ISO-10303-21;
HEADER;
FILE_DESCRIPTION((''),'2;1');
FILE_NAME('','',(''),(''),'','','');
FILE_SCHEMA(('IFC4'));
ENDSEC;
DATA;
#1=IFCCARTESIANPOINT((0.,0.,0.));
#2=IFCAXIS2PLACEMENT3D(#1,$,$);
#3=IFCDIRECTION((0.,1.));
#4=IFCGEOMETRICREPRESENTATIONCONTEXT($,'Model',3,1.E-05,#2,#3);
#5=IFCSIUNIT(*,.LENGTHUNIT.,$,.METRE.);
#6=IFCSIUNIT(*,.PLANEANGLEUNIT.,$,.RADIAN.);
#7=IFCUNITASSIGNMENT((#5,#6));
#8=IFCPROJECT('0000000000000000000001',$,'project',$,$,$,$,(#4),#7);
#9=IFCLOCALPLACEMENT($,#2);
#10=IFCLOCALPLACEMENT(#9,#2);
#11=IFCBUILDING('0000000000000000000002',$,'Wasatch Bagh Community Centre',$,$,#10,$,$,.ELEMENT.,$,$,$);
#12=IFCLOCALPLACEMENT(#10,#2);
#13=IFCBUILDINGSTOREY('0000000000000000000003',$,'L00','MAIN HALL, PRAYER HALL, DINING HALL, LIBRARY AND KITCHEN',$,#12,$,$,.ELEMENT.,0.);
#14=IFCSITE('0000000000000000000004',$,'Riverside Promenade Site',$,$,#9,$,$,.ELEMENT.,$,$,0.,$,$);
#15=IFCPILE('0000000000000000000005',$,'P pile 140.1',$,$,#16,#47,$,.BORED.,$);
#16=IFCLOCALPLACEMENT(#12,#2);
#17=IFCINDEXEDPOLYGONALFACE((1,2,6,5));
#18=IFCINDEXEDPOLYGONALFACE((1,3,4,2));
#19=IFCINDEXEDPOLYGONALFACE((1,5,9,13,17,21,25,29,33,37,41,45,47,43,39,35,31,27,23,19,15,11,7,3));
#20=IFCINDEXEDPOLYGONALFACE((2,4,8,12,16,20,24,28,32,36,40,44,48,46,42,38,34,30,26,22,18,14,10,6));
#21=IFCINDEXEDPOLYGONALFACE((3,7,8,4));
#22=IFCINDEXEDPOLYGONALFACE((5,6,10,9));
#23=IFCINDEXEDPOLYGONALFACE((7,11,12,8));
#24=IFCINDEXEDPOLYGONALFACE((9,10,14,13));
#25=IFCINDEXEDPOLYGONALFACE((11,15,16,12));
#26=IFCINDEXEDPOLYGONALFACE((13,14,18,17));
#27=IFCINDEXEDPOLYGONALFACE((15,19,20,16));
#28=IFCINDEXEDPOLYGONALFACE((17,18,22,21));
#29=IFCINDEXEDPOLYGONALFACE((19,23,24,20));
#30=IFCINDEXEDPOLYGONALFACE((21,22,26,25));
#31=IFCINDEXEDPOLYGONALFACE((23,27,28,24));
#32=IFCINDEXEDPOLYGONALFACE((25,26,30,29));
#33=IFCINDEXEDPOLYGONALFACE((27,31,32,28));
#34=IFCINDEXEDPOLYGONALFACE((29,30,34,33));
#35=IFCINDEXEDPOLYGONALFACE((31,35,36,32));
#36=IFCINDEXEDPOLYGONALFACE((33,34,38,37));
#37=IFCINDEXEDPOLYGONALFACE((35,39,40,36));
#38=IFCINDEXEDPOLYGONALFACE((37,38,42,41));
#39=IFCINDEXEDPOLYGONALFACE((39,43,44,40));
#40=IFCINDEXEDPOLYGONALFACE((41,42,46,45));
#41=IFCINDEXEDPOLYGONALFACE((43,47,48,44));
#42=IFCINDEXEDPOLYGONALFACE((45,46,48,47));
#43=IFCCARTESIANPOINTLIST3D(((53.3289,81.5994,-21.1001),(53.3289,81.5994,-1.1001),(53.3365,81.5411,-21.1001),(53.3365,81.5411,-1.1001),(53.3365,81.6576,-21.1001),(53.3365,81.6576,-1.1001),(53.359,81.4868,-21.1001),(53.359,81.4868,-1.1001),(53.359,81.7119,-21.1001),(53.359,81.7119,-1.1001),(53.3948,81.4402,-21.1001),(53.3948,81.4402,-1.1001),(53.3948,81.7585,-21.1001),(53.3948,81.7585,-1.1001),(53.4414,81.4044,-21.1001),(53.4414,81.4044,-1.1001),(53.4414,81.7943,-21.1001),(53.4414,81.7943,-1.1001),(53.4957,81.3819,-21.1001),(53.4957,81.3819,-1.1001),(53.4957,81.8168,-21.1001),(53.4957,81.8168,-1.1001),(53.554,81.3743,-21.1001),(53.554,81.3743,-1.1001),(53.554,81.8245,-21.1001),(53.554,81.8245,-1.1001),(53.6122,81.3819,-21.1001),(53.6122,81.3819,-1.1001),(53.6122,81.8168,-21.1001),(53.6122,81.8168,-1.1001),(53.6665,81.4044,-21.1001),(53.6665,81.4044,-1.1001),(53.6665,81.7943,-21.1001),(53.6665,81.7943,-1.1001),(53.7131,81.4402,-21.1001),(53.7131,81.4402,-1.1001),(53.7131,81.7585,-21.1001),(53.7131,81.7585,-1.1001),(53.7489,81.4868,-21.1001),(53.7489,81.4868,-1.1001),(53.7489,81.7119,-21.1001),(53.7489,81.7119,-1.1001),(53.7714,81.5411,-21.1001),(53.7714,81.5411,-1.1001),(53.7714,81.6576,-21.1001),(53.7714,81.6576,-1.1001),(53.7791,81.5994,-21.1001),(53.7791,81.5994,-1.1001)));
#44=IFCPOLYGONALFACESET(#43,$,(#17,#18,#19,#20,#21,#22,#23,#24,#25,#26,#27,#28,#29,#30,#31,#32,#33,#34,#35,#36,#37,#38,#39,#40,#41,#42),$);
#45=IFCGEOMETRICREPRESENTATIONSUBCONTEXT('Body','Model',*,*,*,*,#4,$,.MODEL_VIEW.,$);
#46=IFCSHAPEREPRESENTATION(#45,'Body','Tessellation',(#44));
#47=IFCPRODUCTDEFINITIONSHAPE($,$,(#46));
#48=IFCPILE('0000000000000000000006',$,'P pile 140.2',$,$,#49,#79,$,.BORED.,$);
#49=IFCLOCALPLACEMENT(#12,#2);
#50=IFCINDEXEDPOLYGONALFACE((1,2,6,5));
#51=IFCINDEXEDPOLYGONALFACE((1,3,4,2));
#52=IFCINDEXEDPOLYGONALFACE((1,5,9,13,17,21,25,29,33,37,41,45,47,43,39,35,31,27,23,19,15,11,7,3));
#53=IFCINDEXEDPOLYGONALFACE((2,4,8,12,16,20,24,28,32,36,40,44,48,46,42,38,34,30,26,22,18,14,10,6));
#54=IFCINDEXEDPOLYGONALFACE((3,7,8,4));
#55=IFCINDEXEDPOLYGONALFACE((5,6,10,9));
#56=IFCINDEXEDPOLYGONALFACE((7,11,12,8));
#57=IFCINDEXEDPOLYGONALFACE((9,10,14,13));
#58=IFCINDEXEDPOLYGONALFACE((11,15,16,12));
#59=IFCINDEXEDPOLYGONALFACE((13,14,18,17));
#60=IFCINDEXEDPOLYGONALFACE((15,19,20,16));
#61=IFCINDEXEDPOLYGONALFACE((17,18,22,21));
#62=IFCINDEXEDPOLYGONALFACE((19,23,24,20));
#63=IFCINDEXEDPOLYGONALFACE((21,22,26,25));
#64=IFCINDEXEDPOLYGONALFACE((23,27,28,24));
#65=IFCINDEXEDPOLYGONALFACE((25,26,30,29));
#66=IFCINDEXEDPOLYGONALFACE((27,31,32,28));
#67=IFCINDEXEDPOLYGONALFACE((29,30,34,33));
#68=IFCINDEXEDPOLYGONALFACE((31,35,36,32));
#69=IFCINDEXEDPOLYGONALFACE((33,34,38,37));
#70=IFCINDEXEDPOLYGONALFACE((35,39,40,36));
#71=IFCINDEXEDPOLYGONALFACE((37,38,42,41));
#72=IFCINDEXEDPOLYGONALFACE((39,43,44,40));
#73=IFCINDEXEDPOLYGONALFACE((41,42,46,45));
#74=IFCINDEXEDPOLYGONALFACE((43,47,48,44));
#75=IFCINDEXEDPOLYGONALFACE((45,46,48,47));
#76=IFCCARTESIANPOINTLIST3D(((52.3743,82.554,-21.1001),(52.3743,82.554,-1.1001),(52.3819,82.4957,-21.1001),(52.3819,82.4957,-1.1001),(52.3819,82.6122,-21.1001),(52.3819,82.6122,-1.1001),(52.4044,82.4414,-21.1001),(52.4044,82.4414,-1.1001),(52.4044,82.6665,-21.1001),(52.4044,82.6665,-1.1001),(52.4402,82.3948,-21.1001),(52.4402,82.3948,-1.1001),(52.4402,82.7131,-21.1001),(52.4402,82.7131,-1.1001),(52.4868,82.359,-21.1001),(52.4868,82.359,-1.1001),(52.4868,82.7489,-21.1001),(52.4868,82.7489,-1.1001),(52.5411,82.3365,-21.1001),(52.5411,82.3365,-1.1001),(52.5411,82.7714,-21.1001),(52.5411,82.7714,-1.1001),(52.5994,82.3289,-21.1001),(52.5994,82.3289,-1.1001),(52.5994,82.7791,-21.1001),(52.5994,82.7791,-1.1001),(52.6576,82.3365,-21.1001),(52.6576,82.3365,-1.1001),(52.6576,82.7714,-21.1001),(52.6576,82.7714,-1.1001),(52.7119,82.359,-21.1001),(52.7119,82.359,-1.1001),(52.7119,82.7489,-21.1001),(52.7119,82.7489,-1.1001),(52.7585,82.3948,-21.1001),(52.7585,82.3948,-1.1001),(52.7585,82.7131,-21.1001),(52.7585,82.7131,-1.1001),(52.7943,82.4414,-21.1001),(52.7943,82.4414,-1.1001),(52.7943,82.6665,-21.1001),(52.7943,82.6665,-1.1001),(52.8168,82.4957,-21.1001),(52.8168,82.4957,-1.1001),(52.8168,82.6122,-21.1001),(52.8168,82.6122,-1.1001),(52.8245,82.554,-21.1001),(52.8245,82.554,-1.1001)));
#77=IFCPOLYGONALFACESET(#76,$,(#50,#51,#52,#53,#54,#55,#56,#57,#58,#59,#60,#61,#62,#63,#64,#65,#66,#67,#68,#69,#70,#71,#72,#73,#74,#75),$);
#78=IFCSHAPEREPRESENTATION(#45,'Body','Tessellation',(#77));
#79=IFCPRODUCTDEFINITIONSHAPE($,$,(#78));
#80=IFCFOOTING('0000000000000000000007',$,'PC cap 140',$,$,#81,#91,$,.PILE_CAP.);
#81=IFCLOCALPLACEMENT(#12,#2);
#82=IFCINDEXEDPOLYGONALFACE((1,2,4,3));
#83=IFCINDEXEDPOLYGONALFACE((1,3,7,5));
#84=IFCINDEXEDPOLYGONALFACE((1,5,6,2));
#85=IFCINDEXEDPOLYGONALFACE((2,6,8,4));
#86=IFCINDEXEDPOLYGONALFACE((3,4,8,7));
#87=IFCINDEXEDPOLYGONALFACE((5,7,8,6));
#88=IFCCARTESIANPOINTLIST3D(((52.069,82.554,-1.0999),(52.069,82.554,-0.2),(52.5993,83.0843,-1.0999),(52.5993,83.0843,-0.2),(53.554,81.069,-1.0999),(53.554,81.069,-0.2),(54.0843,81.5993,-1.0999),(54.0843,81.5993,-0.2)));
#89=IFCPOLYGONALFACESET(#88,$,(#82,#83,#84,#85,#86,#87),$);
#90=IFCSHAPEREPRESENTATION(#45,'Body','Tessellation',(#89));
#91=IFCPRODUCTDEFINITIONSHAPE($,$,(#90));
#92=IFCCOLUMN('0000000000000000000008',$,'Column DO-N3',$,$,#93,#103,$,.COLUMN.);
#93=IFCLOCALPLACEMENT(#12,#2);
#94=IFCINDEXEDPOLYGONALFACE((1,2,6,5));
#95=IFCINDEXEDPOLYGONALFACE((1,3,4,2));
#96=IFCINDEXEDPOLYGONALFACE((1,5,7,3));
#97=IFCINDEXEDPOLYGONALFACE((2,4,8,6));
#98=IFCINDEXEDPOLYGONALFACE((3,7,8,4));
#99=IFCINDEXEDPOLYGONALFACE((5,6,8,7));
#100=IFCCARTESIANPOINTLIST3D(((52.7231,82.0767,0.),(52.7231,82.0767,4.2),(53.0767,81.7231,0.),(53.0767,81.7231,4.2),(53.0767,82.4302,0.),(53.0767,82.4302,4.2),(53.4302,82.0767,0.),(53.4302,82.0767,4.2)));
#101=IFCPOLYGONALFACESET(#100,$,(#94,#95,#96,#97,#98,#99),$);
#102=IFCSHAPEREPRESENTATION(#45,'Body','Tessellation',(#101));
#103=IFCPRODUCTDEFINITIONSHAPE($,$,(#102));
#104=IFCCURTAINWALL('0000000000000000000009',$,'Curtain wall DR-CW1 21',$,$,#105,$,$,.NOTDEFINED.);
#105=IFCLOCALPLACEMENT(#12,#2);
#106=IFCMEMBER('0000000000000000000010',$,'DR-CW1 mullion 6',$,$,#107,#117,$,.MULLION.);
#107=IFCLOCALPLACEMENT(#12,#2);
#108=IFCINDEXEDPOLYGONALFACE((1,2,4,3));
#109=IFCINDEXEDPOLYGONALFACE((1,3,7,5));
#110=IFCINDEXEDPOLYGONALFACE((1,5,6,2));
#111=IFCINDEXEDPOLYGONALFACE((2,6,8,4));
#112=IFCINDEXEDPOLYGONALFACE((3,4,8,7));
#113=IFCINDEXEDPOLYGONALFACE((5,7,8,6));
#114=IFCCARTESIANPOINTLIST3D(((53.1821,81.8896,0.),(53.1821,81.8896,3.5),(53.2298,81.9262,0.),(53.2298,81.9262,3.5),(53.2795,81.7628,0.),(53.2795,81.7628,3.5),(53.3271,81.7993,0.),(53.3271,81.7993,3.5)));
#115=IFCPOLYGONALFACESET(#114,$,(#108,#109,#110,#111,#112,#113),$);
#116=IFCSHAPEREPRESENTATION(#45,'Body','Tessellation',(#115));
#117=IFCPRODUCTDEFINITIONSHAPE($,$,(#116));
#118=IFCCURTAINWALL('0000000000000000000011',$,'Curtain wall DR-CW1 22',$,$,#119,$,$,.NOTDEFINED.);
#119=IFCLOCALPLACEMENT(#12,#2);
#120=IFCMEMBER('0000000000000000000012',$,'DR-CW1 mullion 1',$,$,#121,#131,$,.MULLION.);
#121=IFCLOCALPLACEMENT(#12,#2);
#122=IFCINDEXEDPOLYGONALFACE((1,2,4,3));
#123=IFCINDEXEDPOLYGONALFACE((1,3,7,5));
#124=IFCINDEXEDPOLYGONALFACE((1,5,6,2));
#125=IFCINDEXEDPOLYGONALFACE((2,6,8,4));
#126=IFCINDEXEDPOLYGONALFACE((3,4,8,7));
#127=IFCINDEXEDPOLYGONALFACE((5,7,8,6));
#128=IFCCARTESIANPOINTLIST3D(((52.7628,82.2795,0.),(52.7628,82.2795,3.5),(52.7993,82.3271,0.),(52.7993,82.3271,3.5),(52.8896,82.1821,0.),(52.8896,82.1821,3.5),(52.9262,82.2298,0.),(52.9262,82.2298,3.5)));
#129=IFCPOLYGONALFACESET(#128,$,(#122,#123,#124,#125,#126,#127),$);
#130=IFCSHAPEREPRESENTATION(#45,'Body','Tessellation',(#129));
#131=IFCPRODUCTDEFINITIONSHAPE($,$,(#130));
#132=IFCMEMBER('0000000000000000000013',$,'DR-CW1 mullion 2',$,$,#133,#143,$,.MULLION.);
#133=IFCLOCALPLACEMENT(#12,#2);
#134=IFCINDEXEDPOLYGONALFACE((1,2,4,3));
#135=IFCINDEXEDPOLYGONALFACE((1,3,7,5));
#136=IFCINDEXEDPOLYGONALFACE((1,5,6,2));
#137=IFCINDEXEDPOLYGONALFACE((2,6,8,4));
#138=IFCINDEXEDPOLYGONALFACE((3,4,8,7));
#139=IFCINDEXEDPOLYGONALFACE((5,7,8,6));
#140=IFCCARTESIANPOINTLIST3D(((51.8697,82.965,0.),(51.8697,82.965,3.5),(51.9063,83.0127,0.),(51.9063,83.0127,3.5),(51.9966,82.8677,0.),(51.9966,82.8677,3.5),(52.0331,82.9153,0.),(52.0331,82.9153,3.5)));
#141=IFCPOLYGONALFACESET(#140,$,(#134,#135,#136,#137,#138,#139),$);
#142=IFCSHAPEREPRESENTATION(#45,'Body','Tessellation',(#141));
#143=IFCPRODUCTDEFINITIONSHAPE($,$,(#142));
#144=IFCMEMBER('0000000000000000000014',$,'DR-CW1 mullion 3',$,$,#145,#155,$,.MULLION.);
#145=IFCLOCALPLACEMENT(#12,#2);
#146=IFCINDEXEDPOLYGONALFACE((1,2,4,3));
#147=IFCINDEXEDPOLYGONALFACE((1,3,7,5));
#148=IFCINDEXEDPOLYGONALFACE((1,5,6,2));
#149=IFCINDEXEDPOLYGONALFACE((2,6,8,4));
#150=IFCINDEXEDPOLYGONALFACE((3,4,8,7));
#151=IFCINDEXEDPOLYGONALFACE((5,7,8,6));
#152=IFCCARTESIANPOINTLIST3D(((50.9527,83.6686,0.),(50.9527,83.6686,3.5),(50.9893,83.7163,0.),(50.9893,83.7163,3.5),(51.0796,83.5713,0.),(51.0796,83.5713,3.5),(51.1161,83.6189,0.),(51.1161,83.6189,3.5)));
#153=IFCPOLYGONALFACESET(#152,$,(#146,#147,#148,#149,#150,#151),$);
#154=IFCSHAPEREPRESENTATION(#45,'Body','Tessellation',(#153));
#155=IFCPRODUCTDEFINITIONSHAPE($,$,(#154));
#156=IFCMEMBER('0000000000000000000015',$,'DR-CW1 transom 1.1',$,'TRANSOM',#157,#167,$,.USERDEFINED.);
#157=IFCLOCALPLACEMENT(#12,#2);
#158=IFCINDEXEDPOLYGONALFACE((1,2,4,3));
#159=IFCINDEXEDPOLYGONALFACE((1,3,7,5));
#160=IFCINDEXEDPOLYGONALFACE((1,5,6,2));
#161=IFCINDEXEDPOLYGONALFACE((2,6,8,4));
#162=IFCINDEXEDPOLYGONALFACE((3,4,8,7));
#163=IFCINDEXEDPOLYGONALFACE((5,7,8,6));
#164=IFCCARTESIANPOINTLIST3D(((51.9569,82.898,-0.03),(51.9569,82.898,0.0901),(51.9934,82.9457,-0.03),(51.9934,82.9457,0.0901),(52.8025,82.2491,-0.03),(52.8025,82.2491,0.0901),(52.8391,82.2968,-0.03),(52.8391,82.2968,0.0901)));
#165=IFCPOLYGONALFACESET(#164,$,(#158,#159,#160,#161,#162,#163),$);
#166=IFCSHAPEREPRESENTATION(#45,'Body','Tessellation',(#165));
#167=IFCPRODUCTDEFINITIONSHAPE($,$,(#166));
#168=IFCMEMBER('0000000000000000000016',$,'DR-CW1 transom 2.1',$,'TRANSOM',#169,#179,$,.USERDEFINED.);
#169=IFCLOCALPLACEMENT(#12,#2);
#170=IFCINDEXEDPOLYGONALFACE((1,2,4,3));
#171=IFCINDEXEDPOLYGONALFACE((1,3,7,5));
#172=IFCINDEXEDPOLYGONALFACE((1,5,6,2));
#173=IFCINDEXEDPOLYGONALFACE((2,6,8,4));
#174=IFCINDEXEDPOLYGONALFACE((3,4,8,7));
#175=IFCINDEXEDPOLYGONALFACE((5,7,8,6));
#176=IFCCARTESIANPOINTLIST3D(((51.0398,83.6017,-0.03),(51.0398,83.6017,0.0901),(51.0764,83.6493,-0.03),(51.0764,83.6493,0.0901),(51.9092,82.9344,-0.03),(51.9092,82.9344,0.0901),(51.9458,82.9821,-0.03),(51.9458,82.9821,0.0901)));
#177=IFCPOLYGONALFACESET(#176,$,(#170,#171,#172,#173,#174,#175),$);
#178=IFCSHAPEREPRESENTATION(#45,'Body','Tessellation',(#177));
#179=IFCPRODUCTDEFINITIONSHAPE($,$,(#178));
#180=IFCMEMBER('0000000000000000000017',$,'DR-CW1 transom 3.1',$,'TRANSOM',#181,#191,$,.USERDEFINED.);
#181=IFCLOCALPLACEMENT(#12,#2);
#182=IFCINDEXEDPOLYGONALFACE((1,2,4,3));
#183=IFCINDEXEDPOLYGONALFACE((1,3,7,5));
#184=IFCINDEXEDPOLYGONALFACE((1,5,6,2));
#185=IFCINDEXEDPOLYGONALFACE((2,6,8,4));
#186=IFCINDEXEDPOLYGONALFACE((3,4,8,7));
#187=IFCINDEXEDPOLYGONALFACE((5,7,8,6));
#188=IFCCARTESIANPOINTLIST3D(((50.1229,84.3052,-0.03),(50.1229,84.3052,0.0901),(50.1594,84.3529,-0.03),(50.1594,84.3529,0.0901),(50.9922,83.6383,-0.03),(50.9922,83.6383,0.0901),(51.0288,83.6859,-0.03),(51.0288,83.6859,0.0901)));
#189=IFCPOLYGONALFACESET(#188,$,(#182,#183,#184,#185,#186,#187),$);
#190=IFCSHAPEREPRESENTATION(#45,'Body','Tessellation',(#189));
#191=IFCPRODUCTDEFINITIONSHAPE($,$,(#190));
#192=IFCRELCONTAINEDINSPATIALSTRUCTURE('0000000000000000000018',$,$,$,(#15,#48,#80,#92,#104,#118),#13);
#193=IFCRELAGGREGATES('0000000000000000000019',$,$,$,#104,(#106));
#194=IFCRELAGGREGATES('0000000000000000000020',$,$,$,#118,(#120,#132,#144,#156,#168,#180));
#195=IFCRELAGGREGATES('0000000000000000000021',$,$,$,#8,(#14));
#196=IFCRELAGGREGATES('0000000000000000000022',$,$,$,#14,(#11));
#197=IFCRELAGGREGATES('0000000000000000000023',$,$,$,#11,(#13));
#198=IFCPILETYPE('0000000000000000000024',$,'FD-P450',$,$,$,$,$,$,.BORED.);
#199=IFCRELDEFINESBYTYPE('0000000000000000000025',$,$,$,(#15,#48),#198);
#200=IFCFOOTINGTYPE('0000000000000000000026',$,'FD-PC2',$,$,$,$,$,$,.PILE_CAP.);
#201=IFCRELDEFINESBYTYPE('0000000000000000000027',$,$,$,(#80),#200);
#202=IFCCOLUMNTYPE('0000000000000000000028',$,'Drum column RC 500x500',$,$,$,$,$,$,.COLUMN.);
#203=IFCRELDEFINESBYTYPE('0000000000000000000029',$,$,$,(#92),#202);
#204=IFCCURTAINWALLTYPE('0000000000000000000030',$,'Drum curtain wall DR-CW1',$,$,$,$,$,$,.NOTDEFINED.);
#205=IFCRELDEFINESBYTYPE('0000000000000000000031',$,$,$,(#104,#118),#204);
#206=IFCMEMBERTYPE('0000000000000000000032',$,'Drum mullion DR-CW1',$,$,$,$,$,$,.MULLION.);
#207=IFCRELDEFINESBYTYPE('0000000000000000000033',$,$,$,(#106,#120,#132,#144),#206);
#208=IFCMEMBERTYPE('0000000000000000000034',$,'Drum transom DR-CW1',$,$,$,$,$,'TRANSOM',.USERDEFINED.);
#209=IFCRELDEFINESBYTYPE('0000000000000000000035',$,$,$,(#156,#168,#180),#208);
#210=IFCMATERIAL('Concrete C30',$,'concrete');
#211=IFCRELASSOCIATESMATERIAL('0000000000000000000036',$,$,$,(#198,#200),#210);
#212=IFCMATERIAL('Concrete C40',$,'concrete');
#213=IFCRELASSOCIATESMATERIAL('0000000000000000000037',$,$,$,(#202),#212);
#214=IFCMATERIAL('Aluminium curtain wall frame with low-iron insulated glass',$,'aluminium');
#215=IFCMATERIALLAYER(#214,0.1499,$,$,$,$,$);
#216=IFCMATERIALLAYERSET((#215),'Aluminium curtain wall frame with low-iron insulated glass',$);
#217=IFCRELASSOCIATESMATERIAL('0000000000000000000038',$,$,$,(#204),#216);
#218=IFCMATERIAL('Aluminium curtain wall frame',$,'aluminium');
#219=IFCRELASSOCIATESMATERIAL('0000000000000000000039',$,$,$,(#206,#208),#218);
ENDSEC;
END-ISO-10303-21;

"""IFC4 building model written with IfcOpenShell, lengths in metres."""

from ifc_helpers import new_model, si_unit, direction, frame, origin, origin_2d, place, context, subcontext, project, spatial, rectangle, circle, extrude, material, layer, layer_set, material_profile, profile_set, type_object, element, aggregate, save


model = new_model("IFC4")

# Units and contexts
model_context = context("Model", 3, precision=1e-05, world=origin(), true_north=direction((0.0, 1.0)))
body_context = subcontext(model_context, "Body", "Model", "MODEL_VIEW")
ifc_project = project(units=[si_unit("LENGTHUNIT", "METRE"), si_unit("PLANEANGLEUNIT", "RADIAN")], contexts=[model_context])

# Site, building, storey
site_placement = place(None, origin())
site = spatial("IfcSite", under=ifc_project, at=site_placement, Name="Riverside Promenade Site", CompositionType="ELEMENT", RefElevation=0.0)
building_placement = place(site_placement, origin())
building = spatial("IfcBuilding", under=site, at=building_placement, Name="Wasatch Bagh Community Centre", CompositionType="ELEMENT")
storey_placement = place(building_placement, origin())
storey = spatial("IfcBuildingStorey", under=building, at=storey_placement, Name="L00", Description="MAIN HALL, PRAYER HALL, DINING HALL, LIBRARY AND KITCHEN", CompositionType="ELEMENT", Elevation=0.0)

# Piles
ifc_material_1 = material(Name="Concrete C30", Category="concrete")
ifc_material_profile_1 = material_profile(ifc_material_1, circle(Radius=0.2251, at=origin_2d()), Name="RC D450")
ifc_profile_set_1 = profile_set([ifc_material_profile_1], Name="Concrete C30")
pile_type = type_object("IfcPileType", Name="FD-P450", PredefinedType="BORED", material=ifc_profile_set_1)
for number, where, z_axis, x_axis, name in (
    (1, (53.554, 81.5994, -1.1001), (0.0, 0.0, -1.0), (1.0, 0.0, 0.0), "P pile 140.1"),
    (2, (52.5994, 82.554, -1.1001), (0.0, 0.0, -1.0), (1.0, 0.0, 0.0), "P pile 140.2"),
):
    element("IfcPile", number, at=place(storey_placement, frame(where, z_axis=z_axis, x_axis=x_axis)), inside=storey, type_object=pile_type, Name=name, PredefinedType="BORED", context=body_context, shape_type="SweptSolid", body=[
        extrude(circle(Radius=0.2251, at=origin_2d()), origin(), (0.0, 0.0, 1.0), 20.0),
    ])

# Footing
footing_type = type_object("IfcFootingType", Name="FD-PC2", PredefinedType="PILE_CAP", material=ifc_material_1)
footing_placement = place(storey_placement, frame((53.0767, 82.0767, -1.0999), z_axis=(0.0, 0.0, 1.0), x_axis=(-0.707107, 0.707107, 0.0)))
element("IfcFooting", 3, at=footing_placement, inside=storey, type_object=footing_type, Name="PC cap 140", PredefinedType="PILE_CAP", context=body_context, shape_type="SweptSolid", body=[
    extrude(rectangle(XDim=2.1001, YDim=0.75, at=origin_2d()), origin(), (0.0, 0.0, 1.0), 0.8999),
])

# Column
ifc_material_2 = material(Name="Concrete C40", Category="concrete")
ifc_material_profile_2 = material_profile(ifc_material_2, rectangle(XDim=0.5, YDim=0.5, at=origin_2d()), Name="RC 500x500")
ifc_profile_set_2 = profile_set([ifc_material_profile_2], Name="Concrete C40")
column_type = type_object("IfcColumnType", Name="Drum column RC 500x500", PredefinedType="COLUMN", material=ifc_profile_set_2)
column_placement = place(storey_placement, frame((53.0767, 82.0767, 0.0), z_axis=(0.0, 0.0, 1.0), x_axis=(0.707107, 0.707107, 0.0)))
element("IfcColumn", 4, at=column_placement, inside=storey, type_object=column_type, Name="Column DO-N3", PredefinedType="COLUMN", context=body_context, shape_type="SweptSolid", body=[
    extrude(rectangle(XDim=0.5, YDim=0.5, at=origin_2d()), origin(), (0.0, 0.0, 1.0), 4.2),
])

# Curtain wall, member
ifc_material_3 = material(Name="Aluminium curtain wall frame with low-iron insulated glass", Category="aluminium")
ifc_layer_1 = layer(ifc_material_3, 0.1499)
ifc_layer_set_1 = layer_set([ifc_layer_1], Name="Aluminium curtain wall frame with low-iron insulated glass")
curtain_wall_type = type_object("IfcCurtainWallType", Name="Drum curtain wall DR-CW1", PredefinedType="NOTDEFINED", material=ifc_layer_set_1)
curtain_wall_1_placement = place(storey_placement, origin())
curtain_wall_1 = element("IfcCurtainWall", 5, at=curtain_wall_1_placement, inside=storey, type_object=curtain_wall_type, Name="Curtain wall DR-CW1 21", PredefinedType="NOTDEFINED")
ifc_material_4 = material(Name="Aluminium curtain wall frame", Category="aluminium")
ifc_material_profile_3 = material_profile(ifc_material_4, rectangle(XDim=0.0601, YDim=0.1599, at=origin_2d()), Name="Drum mullion DR-CW1")
ifc_profile_set_3 = profile_set([ifc_material_profile_3], Name="Aluminium curtain wall frame")
member_type_1 = type_object("IfcMemberType", Name="Drum mullion DR-CW1", PredefinedType="MULLION", material=ifc_profile_set_3)
member_1_placement = place(storey_placement, frame((53.2546, 81.8445, 0.0), z_axis=(0.0, 0.0, 1.0), x_axis=(-0.793353, -0.608761, 0.0)))
member_1 = element("IfcMember", 6, at=member_1_placement, type_object=member_type_1, Name="DR-CW1 mullion 6", PredefinedType="MULLION", context=body_context, shape_type="SweptSolid", body=[
    extrude(rectangle(XDim=0.0601, YDim=0.1599, at=origin_2d()), origin(), (0.0, 0.0, 1.0), 3.5),
])

# Curtain wall, members
curtain_wall_2_placement = place(storey_placement, origin())
curtain_wall_2 = element("IfcCurtainWall", 7, at=curtain_wall_2_placement, inside=storey, type_object=curtain_wall_type, Name="Curtain wall DR-CW1 22", PredefinedType="NOTDEFINED")
member_2_placement = place(storey_placement, frame((52.8445, 82.2546, 0.0), z_axis=(0.0, 0.0, 1.0), x_axis=(-0.608761, -0.793353, 0.0)))
member_2 = element("IfcMember", 8, at=member_2_placement, type_object=member_type_1, Name="DR-CW1 mullion 1", PredefinedType="MULLION", context=body_context, shape_type="SweptSolid", body=[
    extrude(rectangle(XDim=0.0601, YDim=0.1599, at=origin_2d()), origin(), (0.0, 0.0, 1.0), 3.5),
])
member_3_placement = place(storey_placement, frame((51.9514, 82.9402, 0.0), z_axis=(0.0, 0.0, 1.0), x_axis=(-0.608761, -0.793353, 0.0)))
member_3 = element("IfcMember", 9, at=member_3_placement, type_object=member_type_1, Name="DR-CW1 mullion 2", PredefinedType="MULLION", context=body_context, shape_type="SweptSolid", body=[
    extrude(rectangle(XDim=0.0601, YDim=0.1599, at=origin_2d()), origin(), (0.0, 0.0, 1.0), 3.5),
])
member_4_placement = place(storey_placement, frame((51.0344, 83.6438, 0.0), z_axis=(0.0, 0.0, 1.0), x_axis=(-0.608761, -0.793353, 0.0)))
member_4 = element("IfcMember", 10, at=member_4_placement, type_object=member_type_1, Name="DR-CW1 mullion 3", PredefinedType="MULLION", context=body_context, shape_type="SweptSolid", body=[
    extrude(rectangle(XDim=0.0601, YDim=0.1599, at=origin_2d()), origin(), (0.0, 0.0, 1.0), 3.5),
])
ifc_material_profile_4 = material_profile(ifc_material_4, rectangle(XDim=0.0601, YDim=0.1201, at=origin_2d()), Name="Drum transom DR-CW1")
ifc_profile_set_4 = profile_set([ifc_material_profile_4], Name="Aluminium curtain wall frame")
member_type_2 = type_object("IfcMemberType", Name="Drum transom DR-CW1", ElementType="TRANSOM", PredefinedType="USERDEFINED", material=ifc_profile_set_4)
member_5_placement = place(storey_placement, frame((52.8208, 82.2729, 0.03), z_axis=(-0.793356, 0.608758, 0.0), x_axis=(-0.608758, -0.793356, 0.0)))
member_5 = element("IfcMember", 11, at=member_5_placement, type_object=member_type_2, Name="DR-CW1 transom 1.1", ObjectType="TRANSOM", PredefinedType="USERDEFINED", context=body_context, shape_type="SweptSolid", body=[
    extrude(rectangle(XDim=0.0601, YDim=0.1201, at=origin_2d()), origin(), (0.0, 0.0, 1.0), 1.0659),
])
member_6_placement = place(storey_placement, frame((51.9275, 82.9583, 0.03), z_axis=(-0.793294, 0.608838, 0.0), x_axis=(-0.608838, -0.793294, 0.0)))
member_6 = element("IfcMember", 12, at=member_6_placement, type_object=member_type_2, Name="DR-CW1 transom 2.1", ObjectType="TRANSOM", PredefinedType="USERDEFINED", context=body_context, shape_type="SweptSolid", body=[
    extrude(rectangle(XDim=0.0601, YDim=0.1201, at=origin_2d()), origin(), (0.0, 0.0, 1.0), 1.0959),
])
member_7_placement = place(storey_placement, frame((51.0105, 83.6621, 0.03), z_axis=(-0.793402, 0.608698, 0.0), x_axis=(-0.608698, -0.793402, 0.0)))
member_7 = element("IfcMember", 13, at=member_7_placement, type_object=member_type_2, Name="DR-CW1 transom 3.1", ObjectType="TRANSOM", PredefinedType="USERDEFINED", context=body_context, shape_type="SweptSolid", body=[
    extrude(rectangle(XDim=0.0601, YDim=0.1201, at=origin_2d()), origin(), (0.0, 0.0, 1.0), 1.0957),
])

aggregate(curtain_wall_1, [member_1])
aggregate(curtain_wall_2, [member_2, member_3, member_4, member_5, member_6, member_7])

save(model, "model.ifc")
